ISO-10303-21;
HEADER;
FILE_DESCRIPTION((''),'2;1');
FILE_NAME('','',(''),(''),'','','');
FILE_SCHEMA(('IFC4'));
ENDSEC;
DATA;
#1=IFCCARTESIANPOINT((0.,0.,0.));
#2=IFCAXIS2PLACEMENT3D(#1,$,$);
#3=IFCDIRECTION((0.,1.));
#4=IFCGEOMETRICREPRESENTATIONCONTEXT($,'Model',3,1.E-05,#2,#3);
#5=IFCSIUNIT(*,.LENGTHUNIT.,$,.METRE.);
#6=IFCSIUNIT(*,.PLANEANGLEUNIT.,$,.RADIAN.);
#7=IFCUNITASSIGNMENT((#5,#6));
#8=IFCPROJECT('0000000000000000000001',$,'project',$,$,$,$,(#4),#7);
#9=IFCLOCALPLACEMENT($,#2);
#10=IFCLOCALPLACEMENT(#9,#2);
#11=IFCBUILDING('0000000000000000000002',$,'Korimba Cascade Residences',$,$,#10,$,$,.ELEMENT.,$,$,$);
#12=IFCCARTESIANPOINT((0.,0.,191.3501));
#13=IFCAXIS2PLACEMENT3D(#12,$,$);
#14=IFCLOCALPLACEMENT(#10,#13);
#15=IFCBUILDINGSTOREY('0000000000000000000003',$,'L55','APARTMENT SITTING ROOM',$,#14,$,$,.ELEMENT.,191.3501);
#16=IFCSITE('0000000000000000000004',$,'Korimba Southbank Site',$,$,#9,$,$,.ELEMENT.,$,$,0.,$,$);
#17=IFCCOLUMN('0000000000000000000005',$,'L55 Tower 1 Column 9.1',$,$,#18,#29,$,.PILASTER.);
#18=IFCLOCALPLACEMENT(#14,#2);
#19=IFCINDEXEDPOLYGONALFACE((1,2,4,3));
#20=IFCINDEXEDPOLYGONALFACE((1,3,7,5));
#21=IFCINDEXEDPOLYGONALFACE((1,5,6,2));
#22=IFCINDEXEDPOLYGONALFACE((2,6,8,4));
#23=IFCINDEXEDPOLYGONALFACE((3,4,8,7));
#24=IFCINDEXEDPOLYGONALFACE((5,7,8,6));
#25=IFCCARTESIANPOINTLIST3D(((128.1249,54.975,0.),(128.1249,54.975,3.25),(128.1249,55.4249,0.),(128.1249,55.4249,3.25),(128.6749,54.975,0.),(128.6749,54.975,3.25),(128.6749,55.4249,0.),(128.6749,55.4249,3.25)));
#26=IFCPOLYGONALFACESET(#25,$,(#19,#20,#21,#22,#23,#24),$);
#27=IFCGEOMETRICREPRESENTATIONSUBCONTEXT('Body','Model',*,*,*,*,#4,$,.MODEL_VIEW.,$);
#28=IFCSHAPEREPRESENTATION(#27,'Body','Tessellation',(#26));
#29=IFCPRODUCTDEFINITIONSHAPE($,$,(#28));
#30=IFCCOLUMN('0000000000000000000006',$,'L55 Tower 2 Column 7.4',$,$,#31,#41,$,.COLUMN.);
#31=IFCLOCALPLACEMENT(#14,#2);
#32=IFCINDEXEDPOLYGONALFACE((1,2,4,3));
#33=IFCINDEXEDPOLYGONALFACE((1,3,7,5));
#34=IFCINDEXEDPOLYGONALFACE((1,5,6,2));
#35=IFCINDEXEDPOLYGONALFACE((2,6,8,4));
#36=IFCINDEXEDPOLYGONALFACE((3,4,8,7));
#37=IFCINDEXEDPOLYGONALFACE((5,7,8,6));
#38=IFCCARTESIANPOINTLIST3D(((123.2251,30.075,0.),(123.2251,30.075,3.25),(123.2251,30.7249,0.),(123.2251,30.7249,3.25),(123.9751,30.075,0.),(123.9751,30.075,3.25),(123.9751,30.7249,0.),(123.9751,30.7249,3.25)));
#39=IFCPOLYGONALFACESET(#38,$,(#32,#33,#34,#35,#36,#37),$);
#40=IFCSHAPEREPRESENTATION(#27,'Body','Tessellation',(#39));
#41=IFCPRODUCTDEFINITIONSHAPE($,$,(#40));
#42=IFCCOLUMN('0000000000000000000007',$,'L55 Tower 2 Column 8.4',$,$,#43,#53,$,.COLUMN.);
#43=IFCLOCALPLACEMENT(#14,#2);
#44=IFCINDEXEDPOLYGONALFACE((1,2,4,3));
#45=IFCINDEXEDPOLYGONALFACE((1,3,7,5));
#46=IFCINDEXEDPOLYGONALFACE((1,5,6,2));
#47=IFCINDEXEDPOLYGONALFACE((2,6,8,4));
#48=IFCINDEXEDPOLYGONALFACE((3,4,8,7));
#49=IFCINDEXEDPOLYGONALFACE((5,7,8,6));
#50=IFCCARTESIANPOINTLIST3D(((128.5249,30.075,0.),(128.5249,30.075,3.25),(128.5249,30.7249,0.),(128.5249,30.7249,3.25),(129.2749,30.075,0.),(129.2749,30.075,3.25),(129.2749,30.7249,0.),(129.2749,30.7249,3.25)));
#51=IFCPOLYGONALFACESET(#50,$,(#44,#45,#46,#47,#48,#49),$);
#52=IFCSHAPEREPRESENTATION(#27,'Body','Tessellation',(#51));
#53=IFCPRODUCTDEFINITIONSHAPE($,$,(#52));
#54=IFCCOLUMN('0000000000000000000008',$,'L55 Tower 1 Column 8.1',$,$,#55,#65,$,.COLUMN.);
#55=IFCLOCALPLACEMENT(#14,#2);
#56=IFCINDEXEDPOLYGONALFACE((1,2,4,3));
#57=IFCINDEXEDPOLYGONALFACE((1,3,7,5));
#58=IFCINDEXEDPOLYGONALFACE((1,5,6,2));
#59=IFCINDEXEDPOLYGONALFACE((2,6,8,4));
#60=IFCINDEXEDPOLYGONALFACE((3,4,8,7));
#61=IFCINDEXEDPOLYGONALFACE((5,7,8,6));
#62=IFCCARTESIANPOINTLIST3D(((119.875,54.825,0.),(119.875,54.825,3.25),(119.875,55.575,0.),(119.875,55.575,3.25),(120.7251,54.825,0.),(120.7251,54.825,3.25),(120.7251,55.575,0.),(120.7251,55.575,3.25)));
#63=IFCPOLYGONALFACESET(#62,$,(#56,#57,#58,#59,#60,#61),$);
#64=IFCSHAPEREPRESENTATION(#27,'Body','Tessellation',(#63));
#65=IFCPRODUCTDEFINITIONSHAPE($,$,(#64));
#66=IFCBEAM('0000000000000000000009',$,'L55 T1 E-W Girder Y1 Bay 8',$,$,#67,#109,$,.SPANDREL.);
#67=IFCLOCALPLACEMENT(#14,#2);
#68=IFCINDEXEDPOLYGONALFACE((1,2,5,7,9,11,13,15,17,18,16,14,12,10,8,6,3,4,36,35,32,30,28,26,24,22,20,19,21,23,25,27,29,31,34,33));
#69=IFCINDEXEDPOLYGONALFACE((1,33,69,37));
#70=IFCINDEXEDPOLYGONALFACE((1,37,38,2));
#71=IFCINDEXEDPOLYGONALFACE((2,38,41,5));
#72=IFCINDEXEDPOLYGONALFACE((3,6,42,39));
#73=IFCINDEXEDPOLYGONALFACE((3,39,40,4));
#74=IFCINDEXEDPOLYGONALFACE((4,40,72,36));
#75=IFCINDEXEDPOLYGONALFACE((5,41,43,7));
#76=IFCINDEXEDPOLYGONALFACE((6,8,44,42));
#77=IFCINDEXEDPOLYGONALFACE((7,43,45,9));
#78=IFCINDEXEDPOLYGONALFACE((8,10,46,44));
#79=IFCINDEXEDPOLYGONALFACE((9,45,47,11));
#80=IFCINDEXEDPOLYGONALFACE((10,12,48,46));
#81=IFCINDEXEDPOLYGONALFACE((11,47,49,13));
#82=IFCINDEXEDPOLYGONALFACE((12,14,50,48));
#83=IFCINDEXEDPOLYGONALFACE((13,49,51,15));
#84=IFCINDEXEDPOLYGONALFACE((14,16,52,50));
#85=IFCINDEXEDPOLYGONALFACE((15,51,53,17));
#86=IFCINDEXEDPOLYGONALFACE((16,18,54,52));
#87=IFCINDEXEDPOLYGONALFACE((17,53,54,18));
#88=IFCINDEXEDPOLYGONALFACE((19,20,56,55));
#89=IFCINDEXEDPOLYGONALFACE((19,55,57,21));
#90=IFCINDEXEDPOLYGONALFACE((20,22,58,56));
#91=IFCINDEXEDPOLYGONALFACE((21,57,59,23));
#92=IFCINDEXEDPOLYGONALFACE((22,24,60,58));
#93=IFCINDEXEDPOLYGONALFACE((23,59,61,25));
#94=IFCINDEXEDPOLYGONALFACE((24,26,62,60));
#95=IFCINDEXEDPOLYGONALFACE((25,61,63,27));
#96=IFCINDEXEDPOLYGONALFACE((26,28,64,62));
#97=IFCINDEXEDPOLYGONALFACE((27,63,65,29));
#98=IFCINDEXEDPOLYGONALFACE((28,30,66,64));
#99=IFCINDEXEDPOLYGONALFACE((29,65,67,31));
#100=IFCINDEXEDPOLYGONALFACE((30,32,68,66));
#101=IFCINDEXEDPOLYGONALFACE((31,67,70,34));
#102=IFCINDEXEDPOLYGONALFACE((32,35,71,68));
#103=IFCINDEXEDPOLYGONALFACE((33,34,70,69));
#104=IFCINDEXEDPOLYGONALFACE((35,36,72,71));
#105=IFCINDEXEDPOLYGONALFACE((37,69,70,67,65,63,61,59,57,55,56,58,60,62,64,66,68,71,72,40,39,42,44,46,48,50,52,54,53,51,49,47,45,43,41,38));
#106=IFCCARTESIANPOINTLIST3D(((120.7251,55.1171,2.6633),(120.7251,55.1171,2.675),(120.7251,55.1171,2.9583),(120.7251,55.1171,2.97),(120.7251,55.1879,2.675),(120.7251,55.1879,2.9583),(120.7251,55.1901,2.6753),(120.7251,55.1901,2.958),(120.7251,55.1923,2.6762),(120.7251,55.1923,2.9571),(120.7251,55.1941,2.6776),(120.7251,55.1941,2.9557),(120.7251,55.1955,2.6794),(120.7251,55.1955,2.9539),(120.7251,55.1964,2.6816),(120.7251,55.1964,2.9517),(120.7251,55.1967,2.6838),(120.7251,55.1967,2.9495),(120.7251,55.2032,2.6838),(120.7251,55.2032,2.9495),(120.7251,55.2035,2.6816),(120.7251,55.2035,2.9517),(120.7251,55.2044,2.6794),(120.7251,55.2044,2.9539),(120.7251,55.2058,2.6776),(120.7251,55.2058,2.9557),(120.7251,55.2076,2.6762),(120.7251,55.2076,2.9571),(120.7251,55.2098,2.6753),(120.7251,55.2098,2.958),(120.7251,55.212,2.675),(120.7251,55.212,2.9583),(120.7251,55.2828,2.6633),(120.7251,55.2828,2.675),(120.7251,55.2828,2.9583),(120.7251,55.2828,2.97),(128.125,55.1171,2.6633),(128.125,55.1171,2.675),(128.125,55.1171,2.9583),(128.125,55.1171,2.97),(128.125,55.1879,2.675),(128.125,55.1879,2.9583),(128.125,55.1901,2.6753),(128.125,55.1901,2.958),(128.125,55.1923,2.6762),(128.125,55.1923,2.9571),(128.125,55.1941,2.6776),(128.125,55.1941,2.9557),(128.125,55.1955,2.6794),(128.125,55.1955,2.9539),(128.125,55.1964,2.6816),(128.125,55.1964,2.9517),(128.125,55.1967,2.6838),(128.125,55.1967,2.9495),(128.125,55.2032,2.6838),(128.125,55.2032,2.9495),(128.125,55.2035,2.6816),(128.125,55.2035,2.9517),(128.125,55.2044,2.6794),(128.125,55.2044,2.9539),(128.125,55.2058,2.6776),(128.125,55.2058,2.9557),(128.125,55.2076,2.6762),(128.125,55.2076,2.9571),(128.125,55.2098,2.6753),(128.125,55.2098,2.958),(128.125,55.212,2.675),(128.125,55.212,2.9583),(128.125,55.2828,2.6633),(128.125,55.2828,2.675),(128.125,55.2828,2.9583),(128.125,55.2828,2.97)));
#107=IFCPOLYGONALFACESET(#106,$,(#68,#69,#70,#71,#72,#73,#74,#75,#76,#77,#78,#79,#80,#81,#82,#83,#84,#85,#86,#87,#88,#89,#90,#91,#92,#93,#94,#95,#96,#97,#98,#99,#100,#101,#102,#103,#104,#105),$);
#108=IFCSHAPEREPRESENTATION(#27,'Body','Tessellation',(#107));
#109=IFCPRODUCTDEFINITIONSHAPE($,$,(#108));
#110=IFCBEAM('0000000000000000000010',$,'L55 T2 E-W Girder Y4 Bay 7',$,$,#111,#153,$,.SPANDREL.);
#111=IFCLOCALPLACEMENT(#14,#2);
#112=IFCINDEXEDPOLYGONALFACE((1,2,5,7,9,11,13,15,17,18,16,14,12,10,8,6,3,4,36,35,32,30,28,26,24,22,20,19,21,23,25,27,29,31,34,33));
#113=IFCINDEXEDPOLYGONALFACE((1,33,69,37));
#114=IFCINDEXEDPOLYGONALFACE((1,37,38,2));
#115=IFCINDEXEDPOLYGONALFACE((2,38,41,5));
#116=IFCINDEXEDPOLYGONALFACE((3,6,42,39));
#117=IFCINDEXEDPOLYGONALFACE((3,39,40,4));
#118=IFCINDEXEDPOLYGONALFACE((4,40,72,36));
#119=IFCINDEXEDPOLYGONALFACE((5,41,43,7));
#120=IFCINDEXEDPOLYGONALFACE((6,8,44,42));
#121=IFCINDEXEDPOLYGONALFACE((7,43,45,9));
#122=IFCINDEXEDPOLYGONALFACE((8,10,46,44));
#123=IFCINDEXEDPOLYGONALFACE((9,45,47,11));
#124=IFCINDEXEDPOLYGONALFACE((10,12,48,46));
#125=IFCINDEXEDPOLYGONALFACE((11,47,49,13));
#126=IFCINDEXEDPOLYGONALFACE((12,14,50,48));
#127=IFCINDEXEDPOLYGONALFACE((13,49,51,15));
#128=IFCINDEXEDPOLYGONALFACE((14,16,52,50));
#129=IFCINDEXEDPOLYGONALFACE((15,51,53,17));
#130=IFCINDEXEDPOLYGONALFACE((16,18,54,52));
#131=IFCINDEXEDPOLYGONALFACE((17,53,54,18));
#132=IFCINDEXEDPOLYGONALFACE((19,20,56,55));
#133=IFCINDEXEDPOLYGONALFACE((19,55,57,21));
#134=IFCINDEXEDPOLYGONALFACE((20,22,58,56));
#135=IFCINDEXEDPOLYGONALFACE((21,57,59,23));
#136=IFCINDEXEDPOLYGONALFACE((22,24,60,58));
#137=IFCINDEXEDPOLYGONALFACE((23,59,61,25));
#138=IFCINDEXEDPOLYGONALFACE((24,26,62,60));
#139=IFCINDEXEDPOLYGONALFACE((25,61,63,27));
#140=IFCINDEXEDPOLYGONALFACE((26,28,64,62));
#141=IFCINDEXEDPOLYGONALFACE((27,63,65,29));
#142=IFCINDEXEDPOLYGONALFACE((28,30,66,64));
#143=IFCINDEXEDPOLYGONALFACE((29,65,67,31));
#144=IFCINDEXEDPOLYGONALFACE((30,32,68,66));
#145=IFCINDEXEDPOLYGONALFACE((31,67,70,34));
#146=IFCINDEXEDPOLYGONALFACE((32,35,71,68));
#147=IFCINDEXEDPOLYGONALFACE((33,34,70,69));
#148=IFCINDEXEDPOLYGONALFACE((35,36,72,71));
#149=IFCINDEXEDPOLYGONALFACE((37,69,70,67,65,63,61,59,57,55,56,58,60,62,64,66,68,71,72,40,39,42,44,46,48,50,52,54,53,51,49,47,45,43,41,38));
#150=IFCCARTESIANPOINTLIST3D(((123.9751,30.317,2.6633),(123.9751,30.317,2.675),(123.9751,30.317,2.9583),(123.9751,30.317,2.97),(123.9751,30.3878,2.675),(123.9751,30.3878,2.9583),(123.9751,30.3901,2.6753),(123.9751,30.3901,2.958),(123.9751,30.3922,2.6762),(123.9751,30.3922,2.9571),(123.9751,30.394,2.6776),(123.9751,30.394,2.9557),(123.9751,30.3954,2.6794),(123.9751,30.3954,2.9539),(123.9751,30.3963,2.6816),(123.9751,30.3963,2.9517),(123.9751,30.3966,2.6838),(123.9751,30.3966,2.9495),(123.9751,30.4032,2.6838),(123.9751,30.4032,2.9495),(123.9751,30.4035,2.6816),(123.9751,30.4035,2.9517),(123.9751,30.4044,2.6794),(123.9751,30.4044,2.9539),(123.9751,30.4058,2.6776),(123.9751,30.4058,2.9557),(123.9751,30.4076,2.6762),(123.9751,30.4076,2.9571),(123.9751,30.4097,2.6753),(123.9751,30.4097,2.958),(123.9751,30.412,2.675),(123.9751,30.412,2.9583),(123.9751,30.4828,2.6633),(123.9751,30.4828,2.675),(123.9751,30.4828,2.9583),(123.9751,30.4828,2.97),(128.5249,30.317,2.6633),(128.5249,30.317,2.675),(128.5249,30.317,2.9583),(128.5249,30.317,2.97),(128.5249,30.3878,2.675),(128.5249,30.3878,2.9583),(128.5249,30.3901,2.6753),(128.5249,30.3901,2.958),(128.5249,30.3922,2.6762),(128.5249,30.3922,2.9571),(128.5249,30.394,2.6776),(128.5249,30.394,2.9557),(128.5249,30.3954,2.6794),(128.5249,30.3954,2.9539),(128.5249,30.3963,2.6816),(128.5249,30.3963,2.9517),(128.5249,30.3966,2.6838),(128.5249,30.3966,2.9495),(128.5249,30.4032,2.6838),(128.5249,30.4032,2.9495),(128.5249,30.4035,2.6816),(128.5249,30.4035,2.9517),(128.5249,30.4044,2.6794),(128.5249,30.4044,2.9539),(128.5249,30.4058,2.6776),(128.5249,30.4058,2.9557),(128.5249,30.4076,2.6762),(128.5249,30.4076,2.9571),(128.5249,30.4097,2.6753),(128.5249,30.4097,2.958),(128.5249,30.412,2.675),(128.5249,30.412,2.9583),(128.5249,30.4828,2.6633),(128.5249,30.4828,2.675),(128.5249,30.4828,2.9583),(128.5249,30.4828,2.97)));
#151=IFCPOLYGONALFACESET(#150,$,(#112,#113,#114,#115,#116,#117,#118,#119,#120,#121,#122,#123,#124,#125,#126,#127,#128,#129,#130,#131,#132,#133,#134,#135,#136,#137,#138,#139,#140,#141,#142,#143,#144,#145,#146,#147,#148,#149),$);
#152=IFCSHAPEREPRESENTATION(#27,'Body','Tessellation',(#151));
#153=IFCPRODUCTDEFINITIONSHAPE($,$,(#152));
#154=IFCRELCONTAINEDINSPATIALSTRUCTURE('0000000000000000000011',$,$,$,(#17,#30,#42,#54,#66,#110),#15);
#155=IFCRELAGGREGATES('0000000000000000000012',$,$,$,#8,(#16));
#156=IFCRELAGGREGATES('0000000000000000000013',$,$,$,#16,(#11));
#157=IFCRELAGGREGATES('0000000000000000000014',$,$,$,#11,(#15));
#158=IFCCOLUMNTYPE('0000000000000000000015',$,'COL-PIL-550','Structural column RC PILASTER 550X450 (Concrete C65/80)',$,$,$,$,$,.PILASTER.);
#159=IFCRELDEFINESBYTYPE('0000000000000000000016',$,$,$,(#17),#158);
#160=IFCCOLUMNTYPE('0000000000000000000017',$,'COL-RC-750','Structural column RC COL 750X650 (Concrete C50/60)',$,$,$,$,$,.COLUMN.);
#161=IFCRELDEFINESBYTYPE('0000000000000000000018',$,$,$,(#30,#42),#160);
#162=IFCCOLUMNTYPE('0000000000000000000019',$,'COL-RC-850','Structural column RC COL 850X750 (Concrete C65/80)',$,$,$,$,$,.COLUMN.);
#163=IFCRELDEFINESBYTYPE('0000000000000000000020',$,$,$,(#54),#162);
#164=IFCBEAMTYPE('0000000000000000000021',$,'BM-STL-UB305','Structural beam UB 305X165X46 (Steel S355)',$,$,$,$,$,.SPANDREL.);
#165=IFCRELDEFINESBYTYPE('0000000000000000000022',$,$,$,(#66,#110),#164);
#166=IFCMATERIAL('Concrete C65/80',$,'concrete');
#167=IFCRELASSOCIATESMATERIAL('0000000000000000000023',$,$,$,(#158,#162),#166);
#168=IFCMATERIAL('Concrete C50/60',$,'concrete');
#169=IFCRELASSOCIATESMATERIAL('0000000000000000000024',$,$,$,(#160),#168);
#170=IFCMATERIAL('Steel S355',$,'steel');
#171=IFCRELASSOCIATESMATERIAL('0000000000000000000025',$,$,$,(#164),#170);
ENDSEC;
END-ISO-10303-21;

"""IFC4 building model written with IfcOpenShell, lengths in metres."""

from ifc_helpers import new_model, si_unit, direction, frame, origin, origin_2d, place, context, subcontext, project, spatial, rectangle, i_section, extrude, material, material_profile, profile_set, type_object, element, save


model = new_model("IFC4")

# Units and contexts
model_context = context("Model", 3, precision=1e-05, world=origin(), true_north=direction((0.0, 1.0)))
body_context = subcontext(model_context, "Body", "Model", "MODEL_VIEW")
ifc_project = project(units=[si_unit("LENGTHUNIT", "METRE"), si_unit("PLANEANGLEUNIT", "RADIAN")], contexts=[model_context])

# Site, building, storey
site_placement = place(None, origin())
site = spatial("IfcSite", under=ifc_project, at=site_placement, Name="Korimba Southbank Site", CompositionType="ELEMENT", RefElevation=0.0)
building_placement = place(site_placement, origin())
building = spatial("IfcBuilding", under=site, at=building_placement, Name="Korimba Cascade Residences", CompositionType="ELEMENT")
storey_placement = place(building_placement, frame((0.0, 0.0, 191.3501)))
storey = spatial("IfcBuildingStorey", under=building, at=storey_placement, Name="L55", Description="APARTMENT SITTING ROOM", CompositionType="ELEMENT", Elevation=191.3501)

# Columns
ifc_material_1 = material(Name="Concrete C65/80", Category="concrete")
ifc_material_profile_1 = material_profile(ifc_material_1, rectangle(XDim=0.55, YDim=0.45, at=origin_2d()), Name="Concrete C65/80")
ifc_profile_set_1 = profile_set([ifc_material_profile_1], Name="Concrete C65/80")
column_type_1 = type_object("IfcColumnType", Name="COL-PIL-550", Description="Structural column RC PILASTER 550X450 (Concrete C65/80)", PredefinedType="PILASTER", material=ifc_profile_set_1)
column_1_placement = place(storey_placement, frame((128.3999, 55.2, 0.0), z_axis=(0.0, 0.0, 1.0), x_axis=(1.0, 0.0, 0.0)))
element("IfcColumn", 1, at=column_1_placement, inside=storey, type_object=column_type_1, Name="L55 Tower 1 Column 9.1", PredefinedType="PILASTER", context=body_context, shape_type="SweptSolid", body=[
    extrude(rectangle(XDim=0.55, YDim=0.45, at=origin_2d()), origin(), (0.0, 0.0, 1.0), 3.25),
])
ifc_material_2 = material(Name="Concrete C50/60", Category="concrete")
ifc_material_profile_2 = material_profile(ifc_material_2, rectangle(XDim=0.75, YDim=0.6499, at=origin_2d()), Name="Concrete C50/60")
ifc_profile_set_2 = profile_set([ifc_material_profile_2], Name="Concrete C50/60")
column_type_2 = type_object("IfcColumnType", Name="COL-RC-750", Description="Structural column RC COL 750X650 (Concrete C50/60)", PredefinedType="COLUMN", material=ifc_profile_set_2)
for number, where, z_axis, x_axis, name in (
    (2, (123.6001, 30.3999, 0.0), (0.0, 0.0, 1.0), (1.0, 0.0, 0.0), "L55 Tower 2 Column 7.4"),
    (3, (128.8999, 30.3999, 0.0), (0.0, 0.0, 1.0), (1.0, 0.0, 0.0), "L55 Tower 2 Column 8.4"),
):
    element("IfcColumn", number, at=place(storey_placement, frame(where, z_axis=z_axis, x_axis=x_axis)), inside=storey, type_object=column_type_2, Name=name, PredefinedType="COLUMN", context=body_context, shape_type="SweptSolid", body=[
        extrude(rectangle(XDim=0.75, YDim=0.6499, at=origin_2d()), origin(), (0.0, 0.0, 1.0), 3.25),
    ])
ifc_material_profile_3 = material_profile(ifc_material_1, rectangle(XDim=0.8501, YDim=0.75, at=origin_2d()), Name="Concrete C65/80")
ifc_profile_set_3 = profile_set([ifc_material_profile_3], Name="Concrete C65/80")
column_type_3 = type_object("IfcColumnType", Name="COL-RC-850", Description="Structural column RC COL 850X750 (Concrete C65/80)", PredefinedType="COLUMN", material=ifc_profile_set_3)
column_2_placement = place(storey_placement, frame((120.3, 55.2, 0.0), z_axis=(0.0, 0.0, 1.0), x_axis=(1.0, 0.0, 0.0)))
element("IfcColumn", 4, at=column_2_placement, inside=storey, type_object=column_type_3, Name="L55 Tower 1 Column 8.1", PredefinedType="COLUMN", context=body_context, shape_type="SweptSolid", body=[
    extrude(rectangle(XDim=0.8501, YDim=0.75, at=origin_2d()), origin(), (0.0, 0.0, 1.0), 3.25),
])

# Beams
ifc_material_3 = material(Name="Steel S355", Category="steel")
ifc_material_profile_4 = material_profile(ifc_material_3, i_section(OverallWidth=0.1658, OverallDepth=0.3066, WebThickness=0.0066, FlangeThickness=0.0117, FilletRadius=0.0088, at=origin_2d()), Name="Steel S355")
ifc_profile_set_4 = profile_set([ifc_material_profile_4], Name="Steel S355")
beam_type_1 = type_object("IfcBeamType", Name="BM-STL-UB305", Description="Structural beam UB 305X165X46 (Steel S355)", PredefinedType="SPANDREL", material=ifc_profile_set_4)
beam_1_placement = place(storey_placement, frame((120.7251, 55.2, 2.8167), z_axis=(1.0, 0.0, 0.0), x_axis=(0.0, 1.0, 0.0)))
element("IfcBeam", 5, at=beam_1_placement, inside=storey, type_object=beam_type_1, Name="L55 T1 E-W Girder Y1 Bay 8", PredefinedType="SPANDREL", context=body_context, shape_type="SweptSolid", body=[
    extrude(i_section(OverallWidth=0.1658, OverallDepth=0.3066, WebThickness=0.0066, FlangeThickness=0.0117, FilletRadius=0.0088, at=origin_2d()), origin(), (0.0, 0.0, 1.0), 7.3999),
])
beam_2_placement = place(storey_placement, frame((123.9751, 30.3999, 2.8167), z_axis=(1.0, 0.0, 0.0), x_axis=(0.0, 1.0, 0.0)))
element("IfcBeam", 6, at=beam_2_placement, inside=storey, type_object=beam_type_1, Name="L55 T2 E-W Girder Y4 Bay 7", PredefinedType="SPANDREL", context=body_context, shape_type="SweptSolid", body=[
    extrude(i_section(OverallWidth=0.1658, OverallDepth=0.3066, WebThickness=0.0066, FlangeThickness=0.0117, FilletRadius=0.0088, at=origin_2d()), origin(), (0.0, 0.0, 1.0), 4.5498),
])

save(model, "model.ifc")
